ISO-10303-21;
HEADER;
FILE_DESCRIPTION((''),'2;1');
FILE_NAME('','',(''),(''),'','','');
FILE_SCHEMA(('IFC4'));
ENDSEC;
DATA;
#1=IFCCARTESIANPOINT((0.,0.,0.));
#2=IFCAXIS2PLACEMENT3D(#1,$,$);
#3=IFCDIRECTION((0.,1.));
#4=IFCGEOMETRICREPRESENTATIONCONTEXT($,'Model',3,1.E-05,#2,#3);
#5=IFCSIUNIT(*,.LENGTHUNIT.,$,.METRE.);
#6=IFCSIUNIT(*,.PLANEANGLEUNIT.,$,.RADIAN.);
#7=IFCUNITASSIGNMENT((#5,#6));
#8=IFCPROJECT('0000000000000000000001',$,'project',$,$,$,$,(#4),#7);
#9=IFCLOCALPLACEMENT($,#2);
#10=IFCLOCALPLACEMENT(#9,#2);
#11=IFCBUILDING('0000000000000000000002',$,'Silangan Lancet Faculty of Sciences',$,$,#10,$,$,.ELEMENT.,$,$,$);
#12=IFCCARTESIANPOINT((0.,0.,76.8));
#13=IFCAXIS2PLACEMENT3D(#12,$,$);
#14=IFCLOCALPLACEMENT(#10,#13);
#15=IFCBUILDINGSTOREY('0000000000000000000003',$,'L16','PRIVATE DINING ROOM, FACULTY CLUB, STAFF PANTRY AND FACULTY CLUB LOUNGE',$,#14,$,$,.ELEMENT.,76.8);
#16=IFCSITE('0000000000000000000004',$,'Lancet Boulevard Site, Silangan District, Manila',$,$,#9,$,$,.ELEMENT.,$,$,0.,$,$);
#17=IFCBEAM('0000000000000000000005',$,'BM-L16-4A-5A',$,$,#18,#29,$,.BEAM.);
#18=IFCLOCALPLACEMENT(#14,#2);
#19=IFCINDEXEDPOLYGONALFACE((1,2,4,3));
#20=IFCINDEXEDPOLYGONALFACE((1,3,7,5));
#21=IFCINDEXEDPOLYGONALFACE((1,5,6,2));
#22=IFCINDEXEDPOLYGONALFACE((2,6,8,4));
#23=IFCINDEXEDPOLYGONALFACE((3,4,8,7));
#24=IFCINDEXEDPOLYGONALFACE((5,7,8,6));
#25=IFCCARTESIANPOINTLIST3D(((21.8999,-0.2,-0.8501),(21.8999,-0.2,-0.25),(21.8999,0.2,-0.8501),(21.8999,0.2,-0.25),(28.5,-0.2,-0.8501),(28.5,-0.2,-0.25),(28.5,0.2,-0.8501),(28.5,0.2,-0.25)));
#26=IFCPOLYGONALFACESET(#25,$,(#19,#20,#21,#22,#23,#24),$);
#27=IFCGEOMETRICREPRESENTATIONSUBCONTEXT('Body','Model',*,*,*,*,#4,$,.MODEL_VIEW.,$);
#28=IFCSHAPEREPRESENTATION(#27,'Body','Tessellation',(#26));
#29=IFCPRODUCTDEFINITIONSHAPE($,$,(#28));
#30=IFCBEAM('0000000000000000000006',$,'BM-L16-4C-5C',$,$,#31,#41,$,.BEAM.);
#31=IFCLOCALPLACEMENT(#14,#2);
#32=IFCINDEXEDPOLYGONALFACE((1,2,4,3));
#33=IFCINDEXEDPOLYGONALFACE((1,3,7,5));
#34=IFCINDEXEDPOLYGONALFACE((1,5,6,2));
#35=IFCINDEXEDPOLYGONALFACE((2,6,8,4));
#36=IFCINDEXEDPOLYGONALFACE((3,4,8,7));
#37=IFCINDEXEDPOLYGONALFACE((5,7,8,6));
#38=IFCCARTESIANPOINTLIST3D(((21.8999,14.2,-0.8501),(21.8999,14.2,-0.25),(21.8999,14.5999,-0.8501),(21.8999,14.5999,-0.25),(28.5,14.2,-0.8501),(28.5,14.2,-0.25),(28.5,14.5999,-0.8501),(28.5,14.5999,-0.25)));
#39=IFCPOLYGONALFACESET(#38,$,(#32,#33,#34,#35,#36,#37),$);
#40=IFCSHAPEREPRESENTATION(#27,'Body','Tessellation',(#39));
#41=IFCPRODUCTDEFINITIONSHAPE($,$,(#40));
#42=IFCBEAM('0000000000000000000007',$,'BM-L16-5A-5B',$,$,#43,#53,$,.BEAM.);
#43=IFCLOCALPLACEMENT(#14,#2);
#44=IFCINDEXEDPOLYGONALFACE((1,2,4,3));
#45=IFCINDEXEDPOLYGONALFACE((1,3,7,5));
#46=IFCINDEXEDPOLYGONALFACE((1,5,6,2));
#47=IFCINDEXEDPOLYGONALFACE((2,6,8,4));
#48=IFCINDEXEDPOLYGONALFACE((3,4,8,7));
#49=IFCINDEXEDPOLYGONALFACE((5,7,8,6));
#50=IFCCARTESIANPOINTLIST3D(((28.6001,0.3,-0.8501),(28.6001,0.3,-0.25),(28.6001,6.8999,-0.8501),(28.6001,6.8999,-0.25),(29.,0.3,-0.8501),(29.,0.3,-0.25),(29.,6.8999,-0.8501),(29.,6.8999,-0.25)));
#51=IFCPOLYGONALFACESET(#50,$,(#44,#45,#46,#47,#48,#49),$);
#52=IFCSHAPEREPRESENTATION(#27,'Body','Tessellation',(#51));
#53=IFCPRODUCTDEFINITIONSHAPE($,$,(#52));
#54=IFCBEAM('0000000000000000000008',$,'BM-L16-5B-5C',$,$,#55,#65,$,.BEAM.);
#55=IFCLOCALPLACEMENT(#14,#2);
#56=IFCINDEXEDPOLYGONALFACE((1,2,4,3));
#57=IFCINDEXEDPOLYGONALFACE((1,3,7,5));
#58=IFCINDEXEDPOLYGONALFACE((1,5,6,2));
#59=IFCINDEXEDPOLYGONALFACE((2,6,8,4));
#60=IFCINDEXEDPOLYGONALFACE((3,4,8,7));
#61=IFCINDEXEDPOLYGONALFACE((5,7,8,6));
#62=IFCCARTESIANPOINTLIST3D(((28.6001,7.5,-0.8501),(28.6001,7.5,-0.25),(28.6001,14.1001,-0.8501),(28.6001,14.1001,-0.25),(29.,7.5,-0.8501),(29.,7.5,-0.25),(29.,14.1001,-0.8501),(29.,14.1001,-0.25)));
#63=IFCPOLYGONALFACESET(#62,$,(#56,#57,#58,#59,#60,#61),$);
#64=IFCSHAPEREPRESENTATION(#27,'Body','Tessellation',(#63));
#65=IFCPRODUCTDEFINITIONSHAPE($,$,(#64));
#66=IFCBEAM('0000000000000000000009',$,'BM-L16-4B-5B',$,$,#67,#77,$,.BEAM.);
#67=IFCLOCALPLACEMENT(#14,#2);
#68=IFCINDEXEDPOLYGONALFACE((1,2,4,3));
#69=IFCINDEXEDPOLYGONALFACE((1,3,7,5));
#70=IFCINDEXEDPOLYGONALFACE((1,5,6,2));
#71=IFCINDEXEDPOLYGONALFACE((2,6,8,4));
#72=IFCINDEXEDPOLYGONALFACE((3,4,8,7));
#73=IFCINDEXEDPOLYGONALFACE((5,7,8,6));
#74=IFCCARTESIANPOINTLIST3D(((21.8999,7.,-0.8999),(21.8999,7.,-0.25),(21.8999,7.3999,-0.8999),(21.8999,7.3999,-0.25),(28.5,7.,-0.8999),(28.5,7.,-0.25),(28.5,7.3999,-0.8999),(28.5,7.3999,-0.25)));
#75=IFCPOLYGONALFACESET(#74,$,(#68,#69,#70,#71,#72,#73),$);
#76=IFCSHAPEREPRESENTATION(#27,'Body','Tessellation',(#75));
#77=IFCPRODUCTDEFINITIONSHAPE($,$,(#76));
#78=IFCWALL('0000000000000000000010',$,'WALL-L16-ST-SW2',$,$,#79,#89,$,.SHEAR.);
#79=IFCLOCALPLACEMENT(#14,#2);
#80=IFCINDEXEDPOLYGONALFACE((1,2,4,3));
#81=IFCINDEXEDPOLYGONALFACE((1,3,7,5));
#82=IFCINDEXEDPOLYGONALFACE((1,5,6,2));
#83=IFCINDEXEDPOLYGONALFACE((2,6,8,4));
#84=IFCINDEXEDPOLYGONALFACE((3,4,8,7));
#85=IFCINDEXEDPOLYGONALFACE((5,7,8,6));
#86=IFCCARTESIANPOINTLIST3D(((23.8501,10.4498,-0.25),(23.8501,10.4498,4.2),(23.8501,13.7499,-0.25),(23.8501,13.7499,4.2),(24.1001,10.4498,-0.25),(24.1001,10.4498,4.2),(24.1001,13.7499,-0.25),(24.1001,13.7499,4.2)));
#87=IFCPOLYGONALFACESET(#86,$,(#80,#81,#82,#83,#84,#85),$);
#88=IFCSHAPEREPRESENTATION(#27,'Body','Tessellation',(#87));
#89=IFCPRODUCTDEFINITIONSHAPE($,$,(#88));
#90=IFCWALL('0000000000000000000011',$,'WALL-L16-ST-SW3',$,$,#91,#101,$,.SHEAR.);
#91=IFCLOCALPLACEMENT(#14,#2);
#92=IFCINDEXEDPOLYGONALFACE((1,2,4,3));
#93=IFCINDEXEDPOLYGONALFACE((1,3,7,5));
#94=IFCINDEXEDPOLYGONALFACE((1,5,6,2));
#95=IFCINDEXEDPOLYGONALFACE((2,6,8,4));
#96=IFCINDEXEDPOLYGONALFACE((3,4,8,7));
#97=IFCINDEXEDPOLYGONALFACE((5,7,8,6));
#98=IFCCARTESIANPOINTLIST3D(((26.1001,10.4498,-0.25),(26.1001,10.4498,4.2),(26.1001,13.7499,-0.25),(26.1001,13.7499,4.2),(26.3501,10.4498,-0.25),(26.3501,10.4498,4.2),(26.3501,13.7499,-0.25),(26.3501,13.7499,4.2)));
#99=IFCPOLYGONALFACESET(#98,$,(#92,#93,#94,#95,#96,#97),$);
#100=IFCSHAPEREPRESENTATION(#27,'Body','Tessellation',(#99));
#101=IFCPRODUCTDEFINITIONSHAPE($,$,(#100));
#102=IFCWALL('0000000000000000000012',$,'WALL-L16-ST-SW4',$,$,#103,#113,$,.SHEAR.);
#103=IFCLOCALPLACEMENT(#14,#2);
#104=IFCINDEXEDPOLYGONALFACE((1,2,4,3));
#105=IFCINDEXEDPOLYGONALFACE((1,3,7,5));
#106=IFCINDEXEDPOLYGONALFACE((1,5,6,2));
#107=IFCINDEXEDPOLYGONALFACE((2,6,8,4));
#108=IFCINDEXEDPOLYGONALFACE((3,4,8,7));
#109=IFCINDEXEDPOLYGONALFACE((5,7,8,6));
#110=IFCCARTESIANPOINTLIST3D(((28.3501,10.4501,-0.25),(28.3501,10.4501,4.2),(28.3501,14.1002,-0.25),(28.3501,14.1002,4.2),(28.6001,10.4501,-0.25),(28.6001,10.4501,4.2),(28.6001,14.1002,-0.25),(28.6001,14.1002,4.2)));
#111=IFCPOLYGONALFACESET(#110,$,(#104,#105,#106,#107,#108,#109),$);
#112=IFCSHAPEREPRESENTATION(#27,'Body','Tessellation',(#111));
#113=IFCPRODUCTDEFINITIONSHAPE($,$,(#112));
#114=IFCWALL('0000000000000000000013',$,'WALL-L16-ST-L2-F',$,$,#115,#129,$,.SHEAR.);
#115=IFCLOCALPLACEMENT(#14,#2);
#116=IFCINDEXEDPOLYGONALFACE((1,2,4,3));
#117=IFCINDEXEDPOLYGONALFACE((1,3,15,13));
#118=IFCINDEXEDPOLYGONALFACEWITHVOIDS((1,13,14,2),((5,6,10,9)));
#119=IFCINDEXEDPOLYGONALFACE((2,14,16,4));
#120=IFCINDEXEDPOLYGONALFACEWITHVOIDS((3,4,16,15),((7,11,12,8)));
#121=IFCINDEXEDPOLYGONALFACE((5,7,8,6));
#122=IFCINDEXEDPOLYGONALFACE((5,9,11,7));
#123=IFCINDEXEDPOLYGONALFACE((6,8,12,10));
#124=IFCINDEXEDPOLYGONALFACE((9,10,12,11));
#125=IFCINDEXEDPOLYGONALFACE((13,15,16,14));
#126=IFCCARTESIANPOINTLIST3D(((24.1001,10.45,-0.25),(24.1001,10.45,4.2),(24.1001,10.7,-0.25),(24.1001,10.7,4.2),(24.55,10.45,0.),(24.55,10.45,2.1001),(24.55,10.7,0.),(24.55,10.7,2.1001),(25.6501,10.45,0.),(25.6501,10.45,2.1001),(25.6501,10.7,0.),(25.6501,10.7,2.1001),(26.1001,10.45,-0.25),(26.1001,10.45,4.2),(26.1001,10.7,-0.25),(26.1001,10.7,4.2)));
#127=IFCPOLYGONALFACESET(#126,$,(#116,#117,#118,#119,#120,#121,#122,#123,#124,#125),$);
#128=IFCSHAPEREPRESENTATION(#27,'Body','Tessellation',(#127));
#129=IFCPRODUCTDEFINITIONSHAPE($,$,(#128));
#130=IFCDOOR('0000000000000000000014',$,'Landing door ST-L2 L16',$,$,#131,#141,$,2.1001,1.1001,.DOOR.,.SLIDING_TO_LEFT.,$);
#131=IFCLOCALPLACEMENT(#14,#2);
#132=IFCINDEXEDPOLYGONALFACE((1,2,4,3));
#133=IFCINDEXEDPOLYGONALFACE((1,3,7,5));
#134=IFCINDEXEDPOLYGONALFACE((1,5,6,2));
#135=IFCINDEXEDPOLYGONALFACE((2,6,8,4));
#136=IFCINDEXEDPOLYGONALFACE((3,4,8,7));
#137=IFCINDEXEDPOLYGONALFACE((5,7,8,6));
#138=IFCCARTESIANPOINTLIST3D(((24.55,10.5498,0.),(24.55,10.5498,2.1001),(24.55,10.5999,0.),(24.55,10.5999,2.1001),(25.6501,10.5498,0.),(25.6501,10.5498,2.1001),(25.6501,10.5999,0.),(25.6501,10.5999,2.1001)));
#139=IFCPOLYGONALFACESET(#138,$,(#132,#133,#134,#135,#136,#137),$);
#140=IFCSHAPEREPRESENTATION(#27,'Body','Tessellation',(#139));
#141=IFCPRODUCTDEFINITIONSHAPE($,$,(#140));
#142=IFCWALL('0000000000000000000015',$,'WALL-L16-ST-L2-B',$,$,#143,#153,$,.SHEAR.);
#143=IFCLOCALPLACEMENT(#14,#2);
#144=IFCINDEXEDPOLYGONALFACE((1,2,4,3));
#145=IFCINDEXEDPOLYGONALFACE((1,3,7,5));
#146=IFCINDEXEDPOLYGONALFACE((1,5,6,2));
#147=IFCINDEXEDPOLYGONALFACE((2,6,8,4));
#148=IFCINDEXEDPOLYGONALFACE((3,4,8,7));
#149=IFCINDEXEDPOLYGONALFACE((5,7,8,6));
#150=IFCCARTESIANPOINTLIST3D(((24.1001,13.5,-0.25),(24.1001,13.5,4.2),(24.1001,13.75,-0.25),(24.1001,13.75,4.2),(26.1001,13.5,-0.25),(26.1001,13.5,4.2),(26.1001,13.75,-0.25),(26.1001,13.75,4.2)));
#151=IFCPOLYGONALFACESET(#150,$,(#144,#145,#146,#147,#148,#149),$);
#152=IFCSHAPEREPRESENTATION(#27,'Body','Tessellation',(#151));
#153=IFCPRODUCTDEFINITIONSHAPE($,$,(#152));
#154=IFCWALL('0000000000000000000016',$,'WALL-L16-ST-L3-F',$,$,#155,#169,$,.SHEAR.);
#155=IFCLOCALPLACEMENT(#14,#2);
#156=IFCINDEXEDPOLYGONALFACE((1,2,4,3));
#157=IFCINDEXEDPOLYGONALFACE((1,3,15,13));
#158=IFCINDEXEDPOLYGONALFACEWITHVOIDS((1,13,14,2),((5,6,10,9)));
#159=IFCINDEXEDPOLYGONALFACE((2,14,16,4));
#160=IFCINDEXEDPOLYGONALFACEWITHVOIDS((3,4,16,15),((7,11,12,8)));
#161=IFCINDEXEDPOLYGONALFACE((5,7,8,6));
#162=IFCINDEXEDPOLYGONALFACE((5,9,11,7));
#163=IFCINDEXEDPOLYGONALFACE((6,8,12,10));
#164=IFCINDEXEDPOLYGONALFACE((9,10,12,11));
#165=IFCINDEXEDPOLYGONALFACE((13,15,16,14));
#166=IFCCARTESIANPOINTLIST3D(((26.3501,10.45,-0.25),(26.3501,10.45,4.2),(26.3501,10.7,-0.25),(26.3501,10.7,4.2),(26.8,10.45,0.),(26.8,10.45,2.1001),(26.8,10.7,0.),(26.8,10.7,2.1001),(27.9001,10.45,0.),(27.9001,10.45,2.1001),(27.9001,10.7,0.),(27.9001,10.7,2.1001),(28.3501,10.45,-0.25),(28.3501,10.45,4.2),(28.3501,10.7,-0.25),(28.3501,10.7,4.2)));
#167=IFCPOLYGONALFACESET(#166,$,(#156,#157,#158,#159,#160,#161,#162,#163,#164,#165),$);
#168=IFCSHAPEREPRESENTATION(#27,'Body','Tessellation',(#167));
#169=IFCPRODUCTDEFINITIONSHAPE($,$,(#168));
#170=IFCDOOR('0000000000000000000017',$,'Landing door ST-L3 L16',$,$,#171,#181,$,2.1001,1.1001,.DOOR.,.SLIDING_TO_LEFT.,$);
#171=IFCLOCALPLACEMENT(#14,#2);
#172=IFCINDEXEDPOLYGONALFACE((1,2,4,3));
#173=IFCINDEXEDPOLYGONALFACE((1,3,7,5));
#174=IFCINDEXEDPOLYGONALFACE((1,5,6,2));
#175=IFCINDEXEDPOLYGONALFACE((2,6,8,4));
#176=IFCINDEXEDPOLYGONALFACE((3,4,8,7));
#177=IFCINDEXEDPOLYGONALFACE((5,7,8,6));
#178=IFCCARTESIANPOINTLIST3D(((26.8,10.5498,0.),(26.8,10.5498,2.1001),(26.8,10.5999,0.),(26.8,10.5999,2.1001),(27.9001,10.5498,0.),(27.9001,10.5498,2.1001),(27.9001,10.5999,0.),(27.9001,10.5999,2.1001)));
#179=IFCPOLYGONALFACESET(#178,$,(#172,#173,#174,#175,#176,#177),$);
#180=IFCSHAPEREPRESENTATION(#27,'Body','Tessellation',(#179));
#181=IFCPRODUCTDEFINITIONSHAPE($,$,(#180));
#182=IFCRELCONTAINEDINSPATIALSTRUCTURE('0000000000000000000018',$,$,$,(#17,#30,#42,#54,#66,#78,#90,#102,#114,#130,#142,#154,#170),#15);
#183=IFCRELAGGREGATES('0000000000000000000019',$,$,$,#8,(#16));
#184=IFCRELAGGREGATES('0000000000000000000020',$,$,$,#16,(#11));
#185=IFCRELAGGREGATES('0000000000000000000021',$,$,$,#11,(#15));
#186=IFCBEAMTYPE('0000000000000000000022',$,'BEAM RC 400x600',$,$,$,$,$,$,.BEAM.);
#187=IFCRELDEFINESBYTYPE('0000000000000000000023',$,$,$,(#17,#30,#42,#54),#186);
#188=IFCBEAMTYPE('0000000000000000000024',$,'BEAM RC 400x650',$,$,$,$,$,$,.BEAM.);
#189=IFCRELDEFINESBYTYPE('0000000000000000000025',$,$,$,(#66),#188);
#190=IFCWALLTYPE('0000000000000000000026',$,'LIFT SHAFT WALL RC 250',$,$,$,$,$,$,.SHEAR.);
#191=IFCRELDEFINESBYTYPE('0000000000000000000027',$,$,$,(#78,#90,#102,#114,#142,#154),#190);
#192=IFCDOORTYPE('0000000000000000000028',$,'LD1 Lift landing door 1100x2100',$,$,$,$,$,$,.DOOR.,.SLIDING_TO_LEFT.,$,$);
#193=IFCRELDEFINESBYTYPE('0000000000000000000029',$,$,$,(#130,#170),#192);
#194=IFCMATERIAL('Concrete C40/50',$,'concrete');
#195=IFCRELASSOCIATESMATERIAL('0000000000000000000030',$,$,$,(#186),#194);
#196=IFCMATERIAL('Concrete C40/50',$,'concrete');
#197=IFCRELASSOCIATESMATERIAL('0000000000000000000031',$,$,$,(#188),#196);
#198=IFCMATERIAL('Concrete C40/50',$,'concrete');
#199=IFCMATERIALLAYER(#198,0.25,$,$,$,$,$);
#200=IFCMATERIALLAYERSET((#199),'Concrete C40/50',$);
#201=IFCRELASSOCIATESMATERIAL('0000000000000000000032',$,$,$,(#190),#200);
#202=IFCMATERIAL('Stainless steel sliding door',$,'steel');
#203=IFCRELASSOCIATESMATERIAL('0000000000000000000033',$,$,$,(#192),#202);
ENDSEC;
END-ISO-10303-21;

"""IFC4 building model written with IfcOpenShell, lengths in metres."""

from ifc_helpers import new_model, si_unit, direction, frame, frame_2d, origin, origin_2d, place, context, subcontext, project, spatial, rectangle, extrude, material, layer, layer_set, material_profile, profile_set, type_object, element, fill, save


model = new_model("IFC4")

# Units and contexts
model_context = context("Model", 3, precision=1e-05, world=origin(), true_north=direction((0.0, 1.0)))
body_context = subcontext(model_context, "Body", "Model", "MODEL_VIEW")
ifc_project = project(units=[si_unit("LENGTHUNIT", "METRE"), si_unit("PLANEANGLEUNIT", "RADIAN")], contexts=[model_context])

# Site, building, storey
site_placement = place(None, origin())
site = spatial("IfcSite", under=ifc_project, at=site_placement, Name="Lancet Boulevard Site, Silangan District, Manila", CompositionType="ELEMENT", RefElevation=0.0)
building_placement = place(site_placement, origin())
building = spatial("IfcBuilding", under=site, at=building_placement, Name="Silangan Lancet Faculty of Sciences", CompositionType="ELEMENT")
storey_placement = place(building_placement, frame((0.0, 0.0, 76.8)))
storey = spatial("IfcBuildingStorey", under=building, at=storey_placement, Name="L16", Description="PRIVATE DINING ROOM, FACULTY CLUB, STAFF PANTRY AND FACULTY CLUB LOUNGE", CompositionType="ELEMENT", Elevation=76.8)

# Beams
ifc_material_1 = material(Name="Concrete C40/50", Category="concrete")
ifc_material_profile_1 = material_profile(ifc_material_1, rectangle(XDim=0.3999, YDim=0.6001, at=origin_2d()), Name="RC 400x600")
ifc_profile_set_1 = profile_set([ifc_material_profile_1], Name="Concrete C40/50")
beam_type_1 = type_object("IfcBeamType", Name="BEAM RC 400x600", PredefinedType="BEAM", material=ifc_profile_set_1)
for number, where, z_axis, x_axis, name in (
    (1, (21.8999, 0.0, -0.55), (1.0, 0.0, 0.0), (0.0, 1.0, 0.0), "BM-L16-4A-5A"),
    (2, (21.8999, 14.3999, -0.55), (1.0, 0.0, 0.0), (0.0, 1.0, 0.0), "BM-L16-4C-5C"),
):
    element("IfcBeam", number, at=place(storey_placement, frame(where, z_axis=z_axis, x_axis=x_axis)), inside=storey, type_object=beam_type_1, Name=name, PredefinedType="BEAM", context=body_context, shape_type="SweptSolid", body=[
        extrude(rectangle(XDim=0.3999, YDim=0.6001, at=origin_2d()), origin(), (0.0, 0.0, 1.0), 6.6001),
    ])
beam_1_placement = place(storey_placement, frame((28.8, 0.3, -0.55), z_axis=(0.0, 1.0, 0.0), x_axis=(-1.0, 0.0, 0.0)))
element("IfcBeam", 3, at=beam_1_placement, inside=storey, type_object=beam_type_1, Name="BM-L16-5A-5B", PredefinedType="BEAM", context=body_context, shape_type="SweptSolid", body=[
    extrude(rectangle(XDim=0.3999, YDim=0.6001, at=origin_2d()), origin(), (0.0, 0.0, 1.0), 6.5999),
])
beam_2_placement = place(storey_placement, frame((28.8, 7.5, -0.55), z_axis=(0.0, 1.0, 0.0), x_axis=(-1.0, 0.0, 0.0)))
element("IfcBeam", 4, at=beam_2_placement, inside=storey, type_object=beam_type_1, Name="BM-L16-5B-5C", PredefinedType="BEAM", context=body_context, shape_type="SweptSolid", body=[
    extrude(rectangle(XDim=0.3999, YDim=0.6001, at=origin_2d()), origin(), (0.0, 0.0, 1.0), 6.6001),
])
ifc_material_2 = material(Name="Concrete C40/50", Category="concrete")
ifc_material_profile_2 = material_profile(ifc_material_2, rectangle(XDim=0.3999, YDim=0.6499, at=origin_2d()), Name="RC 400x650")
ifc_profile_set_2 = profile_set([ifc_material_profile_2], Name="Concrete C40/50")
beam_type_2 = type_object("IfcBeamType", Name="BEAM RC 400x650", PredefinedType="BEAM", material=ifc_profile_set_2)
beam_3_placement = place(storey_placement, frame((21.8999, 7.2, -0.575), z_axis=(1.0, 0.0, 0.0), x_axis=(0.0, 1.0, 0.0)))
element("IfcBeam", 5, at=beam_3_placement, inside=storey, type_object=beam_type_2, Name="BM-L16-4B-5B", PredefinedType="BEAM", context=body_context, shape_type="SweptSolid", body=[
    extrude(rectangle(XDim=0.3999, YDim=0.6499, at=origin_2d()), origin(), (0.0, 0.0, 1.0), 6.6001),
])

# Walls
ifc_material_3 = material(Name="Concrete C40/50", Category="concrete")
ifc_layer_1 = layer(ifc_material_3, 0.25)
ifc_layer_set_1 = layer_set([ifc_layer_1], Name="Concrete C40/50")
wall_type_1 = type_object("IfcWallType", Name="LIFT SHAFT WALL RC 250", PredefinedType="SHEAR", material=ifc_layer_set_1)
for number, where, z_axis, x_axis, name in (
    (6, (23.9751, 10.45, -0.25), (0.0, 0.0, 1.0), (0.0, 1.0, 0.0), "WALL-L16-ST-SW2"),
    (7, (26.2251, 10.45, -0.25), (0.0, 0.0, 1.0), (0.0, 1.0, 0.0), "WALL-L16-ST-SW3"),
):
    element("IfcWall", number, at=place(storey_placement, frame(where, z_axis=z_axis, x_axis=x_axis)), inside=storey, type_object=wall_type_1, Name=name, PredefinedType="SHEAR", context=body_context, shape_type="SweptSolid", body=[
        extrude(rectangle(XDim=3.3, YDim=0.25, at=frame_2d((1.6499, 0.0))), origin(), (0.0, 0.0, 1.0), 4.45),
    ])
wall_1_placement = place(storey_placement, frame((28.4751, 10.45, -0.25), z_axis=(0.0, 0.0, 1.0), x_axis=(0.0, 1.0, 0.0)))
element("IfcWall", 8, at=wall_1_placement, inside=storey, type_object=wall_type_1, Name="WALL-L16-ST-SW4", PredefinedType="SHEAR", context=body_context, shape_type="SweptSolid", body=[
    extrude(rectangle(XDim=3.6501, YDim=0.25, at=frame_2d((1.8252, 0.0))), origin(), (0.0, 0.0, 1.0), 4.45),
])

# Wall, opening, door
wall_2_placement = place(storey_placement, frame((24.1001, 10.575, -0.25), z_axis=(0.0, 0.0, 1.0), x_axis=(1.0, 0.0, 0.0)))
wall_2 = element("IfcWall", 9, at=wall_2_placement, inside=storey, type_object=wall_type_1, Name="WALL-L16-ST-L2-F", PredefinedType="SHEAR", context=body_context, shape_type="SweptSolid", body=[
    extrude(rectangle(XDim=2.0, YDim=0.25, at=frame_2d((1.0, 0.0))), origin(), (0.0, 0.0, 1.0), 4.45),
])
opening_1_placement = place(wall_2_placement, frame((0.45, 0.0, 0.25)))
opening_1 = element("IfcOpeningElement", 10, at=opening_1_placement, cuts=wall_2, PredefinedType="OPENING", context=body_context, shape_type="SweptSolid", body=[
    extrude(rectangle(XDim=1.1001, YDim=2.1001, at=frame_2d((0.55, 1.05))), frame((0.0, 0.135, 0.0), z_axis=(0.0, -1.0, 0.0), x_axis=(1.0, 0.0, 0.0)), (0.0, 0.0, 1.0), 0.27),
])
ifc_material_4 = material(Name="Stainless steel sliding door", Category="steel")
door_type = type_object("IfcDoorType", Name="LD1 Lift landing door 1100x2100", OperationType="SLIDING_TO_LEFT", PredefinedType="DOOR", material=ifc_material_4)
door_1_placement = place(opening_1_placement, origin())
door_1 = element("IfcDoor", 11, at=door_1_placement, inside=storey, type_object=door_type, Name="Landing door ST-L2 L16", OperationType="SLIDING_TO_LEFT", OverallHeight=2.1001, OverallWidth=1.1001, PredefinedType="DOOR", context=body_context, shape_type="SweptSolid", body=[
    extrude(rectangle(XDim=1.1001, YDim=2.1001, at=frame_2d((0.55, 1.05))), frame((0.0, 0.0249, 0.0), z_axis=(0.0, -1.0, 0.0), x_axis=(1.0, 0.0, 0.0)), (0.0, 0.0, 1.0), 0.05),
])
fill(opening_1, door_1)

# Wall
wall_3_placement = place(storey_placement, frame((24.1001, 13.625, -0.25), z_axis=(0.0, 0.0, 1.0), x_axis=(1.0, 0.0, 0.0)))
element("IfcWall", 12, at=wall_3_placement, inside=storey, type_object=wall_type_1, Name="WALL-L16-ST-L2-B", PredefinedType="SHEAR", context=body_context, shape_type="SweptSolid", body=[
    extrude(rectangle(XDim=2.0, YDim=0.25, at=frame_2d((1.0, 0.0))), origin(), (0.0, 0.0, 1.0), 4.45),
])

# Wall, opening, door
wall_4_placement = place(storey_placement, frame((26.3501, 10.575, -0.25), z_axis=(0.0, 0.0, 1.0), x_axis=(1.0, 0.0, 0.0)))
wall_4 = element("IfcWall", 13, at=wall_4_placement, inside=storey, type_object=wall_type_1, Name="WALL-L16-ST-L3-F", PredefinedType="SHEAR", context=body_context, shape_type="SweptSolid", body=[
    extrude(rectangle(XDim=2.0, YDim=0.25, at=frame_2d((1.0, 0.0))), origin(), (0.0, 0.0, 1.0), 4.45),
])
opening_2_placement = place(wall_4_placement, frame((0.45, 0.0, 0.25)))
opening_2 = element("IfcOpeningElement", 14, at=opening_2_placement, cuts=wall_4, PredefinedType="OPENING", context=body_context, shape_type="SweptSolid", body=[
    extrude(rectangle(XDim=1.1001, YDim=2.1001, at=frame_2d((0.55, 1.05))), frame((0.0, 0.135, 0.0), z_axis=(0.0, -1.0, 0.0), x_axis=(1.0, 0.0, 0.0)), (0.0, 0.0, 1.0), 0.27),
])
door_2_placement = place(opening_2_placement, origin())
door_2 = element("IfcDoor", 15, at=door_2_placement, inside=storey, type_object=door_type, Name="Landing door ST-L3 L16", OperationType="SLIDING_TO_LEFT", OverallHeight=2.1001, OverallWidth=1.1001, PredefinedType="DOOR", context=body_context, shape_type="SweptSolid", body=[
    extrude(rectangle(XDim=1.1001, YDim=2.1001, at=frame_2d((0.55, 1.05))), frame((0.0, 0.0249, 0.0), z_axis=(0.0, -1.0, 0.0), x_axis=(1.0, 0.0, 0.0)), (0.0, 0.0, 1.0), 0.05),
])
fill(opening_2, door_2)

save(model, "model.ifc")
